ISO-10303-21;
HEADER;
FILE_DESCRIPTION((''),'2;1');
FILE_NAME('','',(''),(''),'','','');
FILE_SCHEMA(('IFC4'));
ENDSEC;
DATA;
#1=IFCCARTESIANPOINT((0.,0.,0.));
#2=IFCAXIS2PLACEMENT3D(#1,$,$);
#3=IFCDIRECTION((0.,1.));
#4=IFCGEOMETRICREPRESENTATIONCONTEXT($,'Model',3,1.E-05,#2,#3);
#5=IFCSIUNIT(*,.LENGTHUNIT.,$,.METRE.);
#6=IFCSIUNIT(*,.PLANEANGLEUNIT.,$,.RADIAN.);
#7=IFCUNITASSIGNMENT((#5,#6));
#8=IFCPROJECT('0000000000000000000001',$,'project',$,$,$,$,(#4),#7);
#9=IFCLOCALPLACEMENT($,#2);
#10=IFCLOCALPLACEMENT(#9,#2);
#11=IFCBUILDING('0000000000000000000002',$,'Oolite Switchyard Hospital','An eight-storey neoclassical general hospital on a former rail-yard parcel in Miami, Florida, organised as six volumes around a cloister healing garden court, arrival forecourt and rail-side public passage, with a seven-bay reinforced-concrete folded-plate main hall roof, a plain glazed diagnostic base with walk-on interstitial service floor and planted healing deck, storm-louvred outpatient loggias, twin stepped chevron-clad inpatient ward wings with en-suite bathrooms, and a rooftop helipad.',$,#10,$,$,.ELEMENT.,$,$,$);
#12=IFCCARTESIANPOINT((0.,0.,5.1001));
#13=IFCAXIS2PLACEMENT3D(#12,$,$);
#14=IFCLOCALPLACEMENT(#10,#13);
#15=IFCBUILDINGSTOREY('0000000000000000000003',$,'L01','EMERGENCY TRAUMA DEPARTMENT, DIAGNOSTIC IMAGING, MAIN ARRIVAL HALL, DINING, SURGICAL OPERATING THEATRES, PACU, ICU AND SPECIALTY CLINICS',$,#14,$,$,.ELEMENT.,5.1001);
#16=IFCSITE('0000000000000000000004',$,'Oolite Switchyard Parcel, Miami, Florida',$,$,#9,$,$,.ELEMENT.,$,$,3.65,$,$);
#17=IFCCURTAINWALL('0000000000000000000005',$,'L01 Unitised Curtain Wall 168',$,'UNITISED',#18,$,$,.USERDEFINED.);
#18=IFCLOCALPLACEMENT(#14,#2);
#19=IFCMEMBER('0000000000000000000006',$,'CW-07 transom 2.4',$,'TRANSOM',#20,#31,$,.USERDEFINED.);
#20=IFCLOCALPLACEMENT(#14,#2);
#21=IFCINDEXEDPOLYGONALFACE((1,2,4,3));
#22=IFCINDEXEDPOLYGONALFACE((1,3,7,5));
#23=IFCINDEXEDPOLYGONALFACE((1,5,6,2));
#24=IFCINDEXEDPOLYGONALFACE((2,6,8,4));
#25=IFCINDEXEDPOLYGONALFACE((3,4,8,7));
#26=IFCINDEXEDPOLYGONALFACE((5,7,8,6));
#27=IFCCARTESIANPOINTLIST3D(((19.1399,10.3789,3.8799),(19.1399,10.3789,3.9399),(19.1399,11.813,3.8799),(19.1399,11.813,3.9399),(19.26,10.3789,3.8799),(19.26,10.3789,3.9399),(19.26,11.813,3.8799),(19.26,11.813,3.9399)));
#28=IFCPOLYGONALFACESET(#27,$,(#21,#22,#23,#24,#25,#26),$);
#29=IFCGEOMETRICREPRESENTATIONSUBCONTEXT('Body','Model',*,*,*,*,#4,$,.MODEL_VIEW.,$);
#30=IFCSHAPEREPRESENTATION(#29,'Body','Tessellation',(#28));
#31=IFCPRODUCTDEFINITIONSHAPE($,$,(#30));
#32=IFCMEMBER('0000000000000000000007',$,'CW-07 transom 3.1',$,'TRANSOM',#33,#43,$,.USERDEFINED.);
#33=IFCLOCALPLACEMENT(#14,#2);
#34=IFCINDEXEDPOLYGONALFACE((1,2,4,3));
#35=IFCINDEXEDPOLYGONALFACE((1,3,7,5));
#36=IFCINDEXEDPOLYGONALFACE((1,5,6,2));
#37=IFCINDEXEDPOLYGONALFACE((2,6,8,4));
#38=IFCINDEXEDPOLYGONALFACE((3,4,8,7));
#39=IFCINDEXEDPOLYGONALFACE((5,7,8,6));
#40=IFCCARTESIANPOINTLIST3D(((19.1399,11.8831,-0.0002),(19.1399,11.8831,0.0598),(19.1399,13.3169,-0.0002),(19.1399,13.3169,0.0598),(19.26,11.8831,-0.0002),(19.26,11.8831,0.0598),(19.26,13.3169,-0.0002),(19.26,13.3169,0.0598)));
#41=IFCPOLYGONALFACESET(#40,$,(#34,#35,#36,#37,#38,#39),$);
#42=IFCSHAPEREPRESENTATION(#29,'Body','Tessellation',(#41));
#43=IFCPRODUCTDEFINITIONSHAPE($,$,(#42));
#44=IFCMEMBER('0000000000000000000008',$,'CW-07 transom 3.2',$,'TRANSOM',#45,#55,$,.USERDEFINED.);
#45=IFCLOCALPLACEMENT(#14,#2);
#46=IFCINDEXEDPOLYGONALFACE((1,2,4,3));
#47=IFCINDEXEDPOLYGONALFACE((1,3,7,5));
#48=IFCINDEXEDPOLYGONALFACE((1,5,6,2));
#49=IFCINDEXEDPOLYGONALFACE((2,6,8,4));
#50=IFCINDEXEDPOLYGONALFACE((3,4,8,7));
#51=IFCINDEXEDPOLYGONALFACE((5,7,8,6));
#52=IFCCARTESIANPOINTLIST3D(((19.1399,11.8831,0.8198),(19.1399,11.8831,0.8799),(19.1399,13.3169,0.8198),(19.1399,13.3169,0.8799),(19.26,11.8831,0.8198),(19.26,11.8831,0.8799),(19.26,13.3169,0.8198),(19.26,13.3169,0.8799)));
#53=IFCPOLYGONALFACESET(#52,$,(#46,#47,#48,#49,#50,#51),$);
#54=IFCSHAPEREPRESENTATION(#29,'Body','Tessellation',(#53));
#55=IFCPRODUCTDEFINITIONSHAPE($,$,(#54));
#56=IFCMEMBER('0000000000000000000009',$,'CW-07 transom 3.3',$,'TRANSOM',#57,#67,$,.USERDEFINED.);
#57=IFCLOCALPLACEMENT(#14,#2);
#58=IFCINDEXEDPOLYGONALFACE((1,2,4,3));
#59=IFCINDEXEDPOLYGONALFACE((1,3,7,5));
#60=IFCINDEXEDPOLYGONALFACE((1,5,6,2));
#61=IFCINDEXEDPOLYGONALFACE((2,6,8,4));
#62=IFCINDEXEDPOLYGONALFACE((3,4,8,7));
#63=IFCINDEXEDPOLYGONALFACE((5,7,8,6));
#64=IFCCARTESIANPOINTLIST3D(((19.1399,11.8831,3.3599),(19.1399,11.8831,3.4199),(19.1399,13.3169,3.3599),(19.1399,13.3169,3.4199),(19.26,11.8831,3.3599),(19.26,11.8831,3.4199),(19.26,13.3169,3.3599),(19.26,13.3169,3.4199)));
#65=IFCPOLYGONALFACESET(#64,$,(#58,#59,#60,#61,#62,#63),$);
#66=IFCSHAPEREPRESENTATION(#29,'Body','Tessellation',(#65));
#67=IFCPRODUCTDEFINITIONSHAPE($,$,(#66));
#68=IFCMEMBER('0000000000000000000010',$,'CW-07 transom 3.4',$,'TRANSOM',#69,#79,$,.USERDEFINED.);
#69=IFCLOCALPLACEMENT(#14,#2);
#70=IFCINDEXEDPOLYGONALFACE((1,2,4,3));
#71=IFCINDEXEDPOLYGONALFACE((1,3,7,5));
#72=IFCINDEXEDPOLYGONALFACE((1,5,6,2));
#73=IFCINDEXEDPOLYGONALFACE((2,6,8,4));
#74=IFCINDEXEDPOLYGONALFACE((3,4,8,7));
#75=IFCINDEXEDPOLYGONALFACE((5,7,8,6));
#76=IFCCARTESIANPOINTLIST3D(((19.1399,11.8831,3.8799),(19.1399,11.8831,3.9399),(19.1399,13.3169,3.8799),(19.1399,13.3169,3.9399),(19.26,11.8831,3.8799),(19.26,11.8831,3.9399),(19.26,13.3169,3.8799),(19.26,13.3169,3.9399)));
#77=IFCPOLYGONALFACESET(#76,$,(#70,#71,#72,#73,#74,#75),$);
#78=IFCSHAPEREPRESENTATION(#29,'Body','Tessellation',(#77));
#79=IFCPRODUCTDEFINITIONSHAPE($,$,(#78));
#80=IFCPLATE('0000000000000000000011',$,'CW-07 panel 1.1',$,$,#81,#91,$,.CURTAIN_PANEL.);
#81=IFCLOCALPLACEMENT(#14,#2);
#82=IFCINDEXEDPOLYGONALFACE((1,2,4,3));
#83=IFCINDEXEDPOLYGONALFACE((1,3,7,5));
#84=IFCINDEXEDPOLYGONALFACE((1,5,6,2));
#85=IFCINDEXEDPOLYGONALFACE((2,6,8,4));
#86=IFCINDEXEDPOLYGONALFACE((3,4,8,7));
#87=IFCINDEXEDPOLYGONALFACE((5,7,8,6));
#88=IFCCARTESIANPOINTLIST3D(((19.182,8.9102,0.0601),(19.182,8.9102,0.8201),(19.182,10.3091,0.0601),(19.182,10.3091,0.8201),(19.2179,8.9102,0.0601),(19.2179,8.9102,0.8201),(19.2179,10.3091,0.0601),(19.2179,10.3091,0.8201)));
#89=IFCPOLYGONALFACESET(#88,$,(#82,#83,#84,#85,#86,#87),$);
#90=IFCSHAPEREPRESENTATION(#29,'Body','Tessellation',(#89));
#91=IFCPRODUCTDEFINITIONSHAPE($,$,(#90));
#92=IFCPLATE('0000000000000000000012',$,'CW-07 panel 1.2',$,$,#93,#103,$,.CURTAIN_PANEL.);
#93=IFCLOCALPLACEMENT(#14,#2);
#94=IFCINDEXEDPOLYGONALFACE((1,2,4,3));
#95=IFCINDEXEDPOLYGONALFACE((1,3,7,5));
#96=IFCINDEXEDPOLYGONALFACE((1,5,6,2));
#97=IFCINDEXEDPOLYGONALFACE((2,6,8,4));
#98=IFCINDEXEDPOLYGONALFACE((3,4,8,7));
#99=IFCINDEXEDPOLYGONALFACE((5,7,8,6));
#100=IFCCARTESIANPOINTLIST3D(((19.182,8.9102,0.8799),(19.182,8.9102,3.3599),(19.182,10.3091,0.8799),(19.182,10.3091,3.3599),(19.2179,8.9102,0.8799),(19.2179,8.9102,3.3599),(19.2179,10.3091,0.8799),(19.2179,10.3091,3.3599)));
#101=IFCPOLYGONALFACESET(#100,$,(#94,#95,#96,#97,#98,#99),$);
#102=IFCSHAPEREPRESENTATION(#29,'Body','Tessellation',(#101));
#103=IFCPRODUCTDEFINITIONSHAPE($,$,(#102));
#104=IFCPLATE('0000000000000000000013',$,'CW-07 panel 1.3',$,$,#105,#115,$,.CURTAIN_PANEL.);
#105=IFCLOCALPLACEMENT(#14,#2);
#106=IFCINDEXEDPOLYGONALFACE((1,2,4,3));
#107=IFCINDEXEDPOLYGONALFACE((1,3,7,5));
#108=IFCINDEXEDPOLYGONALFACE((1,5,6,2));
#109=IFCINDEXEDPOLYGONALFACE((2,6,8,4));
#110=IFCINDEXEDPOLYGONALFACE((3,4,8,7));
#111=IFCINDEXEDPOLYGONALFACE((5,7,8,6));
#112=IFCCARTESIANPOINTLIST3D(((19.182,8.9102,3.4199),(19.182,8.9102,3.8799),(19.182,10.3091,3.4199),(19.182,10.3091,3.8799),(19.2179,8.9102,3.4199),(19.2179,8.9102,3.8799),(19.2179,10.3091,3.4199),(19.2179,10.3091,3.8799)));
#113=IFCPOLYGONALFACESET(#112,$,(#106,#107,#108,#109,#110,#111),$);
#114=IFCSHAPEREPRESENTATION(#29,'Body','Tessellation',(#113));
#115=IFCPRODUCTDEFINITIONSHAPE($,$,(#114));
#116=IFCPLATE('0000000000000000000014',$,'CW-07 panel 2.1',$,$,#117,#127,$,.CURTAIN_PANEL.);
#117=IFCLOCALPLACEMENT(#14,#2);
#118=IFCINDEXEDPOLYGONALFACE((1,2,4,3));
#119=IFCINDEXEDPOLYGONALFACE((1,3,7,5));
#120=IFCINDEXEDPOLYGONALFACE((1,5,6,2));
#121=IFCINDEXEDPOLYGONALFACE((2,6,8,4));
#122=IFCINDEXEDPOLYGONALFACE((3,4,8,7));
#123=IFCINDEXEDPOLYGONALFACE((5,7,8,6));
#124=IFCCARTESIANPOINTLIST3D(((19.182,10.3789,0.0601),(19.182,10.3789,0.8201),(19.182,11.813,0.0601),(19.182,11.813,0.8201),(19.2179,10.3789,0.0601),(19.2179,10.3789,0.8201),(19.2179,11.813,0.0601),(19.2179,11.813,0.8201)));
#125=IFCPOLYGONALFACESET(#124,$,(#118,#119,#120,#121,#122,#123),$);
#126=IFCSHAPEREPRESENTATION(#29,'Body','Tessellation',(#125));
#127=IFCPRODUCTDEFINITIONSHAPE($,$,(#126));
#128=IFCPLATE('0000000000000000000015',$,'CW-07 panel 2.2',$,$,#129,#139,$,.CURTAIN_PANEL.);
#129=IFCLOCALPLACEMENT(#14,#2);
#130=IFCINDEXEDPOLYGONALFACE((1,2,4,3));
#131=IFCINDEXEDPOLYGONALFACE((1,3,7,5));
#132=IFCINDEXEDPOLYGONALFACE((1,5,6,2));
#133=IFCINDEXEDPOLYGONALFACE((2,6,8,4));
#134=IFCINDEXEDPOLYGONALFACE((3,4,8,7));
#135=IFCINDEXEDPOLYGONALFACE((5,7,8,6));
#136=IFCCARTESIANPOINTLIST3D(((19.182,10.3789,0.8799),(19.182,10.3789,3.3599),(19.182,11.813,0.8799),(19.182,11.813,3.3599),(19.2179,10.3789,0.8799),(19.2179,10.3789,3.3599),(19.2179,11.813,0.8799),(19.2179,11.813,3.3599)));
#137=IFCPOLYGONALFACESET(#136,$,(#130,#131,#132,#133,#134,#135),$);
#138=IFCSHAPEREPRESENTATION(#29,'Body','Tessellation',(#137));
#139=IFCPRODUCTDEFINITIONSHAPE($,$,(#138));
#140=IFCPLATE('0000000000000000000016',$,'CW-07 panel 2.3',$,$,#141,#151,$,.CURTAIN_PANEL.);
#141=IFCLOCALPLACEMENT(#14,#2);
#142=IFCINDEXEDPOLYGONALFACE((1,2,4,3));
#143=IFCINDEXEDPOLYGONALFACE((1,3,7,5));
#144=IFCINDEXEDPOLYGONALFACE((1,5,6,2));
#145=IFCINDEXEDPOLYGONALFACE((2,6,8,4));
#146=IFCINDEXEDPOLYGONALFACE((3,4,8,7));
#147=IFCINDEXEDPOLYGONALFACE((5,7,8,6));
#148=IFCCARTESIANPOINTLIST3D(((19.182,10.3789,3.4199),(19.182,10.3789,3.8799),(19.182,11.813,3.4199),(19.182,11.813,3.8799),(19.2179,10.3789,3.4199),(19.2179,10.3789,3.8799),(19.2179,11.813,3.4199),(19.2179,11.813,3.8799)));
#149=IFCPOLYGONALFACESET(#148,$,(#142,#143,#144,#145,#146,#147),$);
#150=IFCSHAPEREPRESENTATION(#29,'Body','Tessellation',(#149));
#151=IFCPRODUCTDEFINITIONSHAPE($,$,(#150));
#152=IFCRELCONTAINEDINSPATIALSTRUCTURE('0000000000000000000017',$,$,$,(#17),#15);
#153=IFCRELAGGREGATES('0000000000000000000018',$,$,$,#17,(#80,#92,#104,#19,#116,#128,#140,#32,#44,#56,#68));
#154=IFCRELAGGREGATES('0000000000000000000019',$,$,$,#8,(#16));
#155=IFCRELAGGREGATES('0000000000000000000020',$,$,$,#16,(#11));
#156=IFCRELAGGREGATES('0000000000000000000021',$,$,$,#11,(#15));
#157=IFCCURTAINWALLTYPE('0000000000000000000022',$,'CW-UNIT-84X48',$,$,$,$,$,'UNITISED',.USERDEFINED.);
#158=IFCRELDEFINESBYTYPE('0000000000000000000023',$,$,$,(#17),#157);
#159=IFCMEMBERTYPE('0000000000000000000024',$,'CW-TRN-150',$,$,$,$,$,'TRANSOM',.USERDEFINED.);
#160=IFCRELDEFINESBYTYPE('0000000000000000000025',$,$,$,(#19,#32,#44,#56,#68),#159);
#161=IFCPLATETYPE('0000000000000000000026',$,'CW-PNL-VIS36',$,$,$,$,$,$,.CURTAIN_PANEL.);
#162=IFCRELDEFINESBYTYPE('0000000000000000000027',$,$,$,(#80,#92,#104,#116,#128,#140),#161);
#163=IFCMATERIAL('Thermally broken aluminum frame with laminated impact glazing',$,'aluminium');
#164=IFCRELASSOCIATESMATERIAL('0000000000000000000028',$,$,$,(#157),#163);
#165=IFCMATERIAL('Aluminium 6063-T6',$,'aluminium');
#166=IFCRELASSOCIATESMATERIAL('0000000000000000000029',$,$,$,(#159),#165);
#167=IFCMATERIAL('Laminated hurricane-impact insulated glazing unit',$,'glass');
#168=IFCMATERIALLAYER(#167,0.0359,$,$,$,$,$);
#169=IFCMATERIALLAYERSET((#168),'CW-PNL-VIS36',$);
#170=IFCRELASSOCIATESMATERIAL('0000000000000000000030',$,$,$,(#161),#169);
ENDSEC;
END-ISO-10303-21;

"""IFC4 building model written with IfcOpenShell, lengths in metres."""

from ifc_helpers import new_model, si_unit, direction, frame, origin, origin_2d, place, context, subcontext, project, spatial, rectangle, extrude, material, layer, layer_set, material_profile, profile_set, type_object, element, aggregate, save


model = new_model("IFC4")

# Units and contexts
model_context = context("Model", 3, precision=1e-05, world=origin(), true_north=direction((0.0, 1.0)))
body_context = subcontext(model_context, "Body", "Model", "MODEL_VIEW")
ifc_project = project(units=[si_unit("LENGTHUNIT", "METRE"), si_unit("PLANEANGLEUNIT", "RADIAN")], contexts=[model_context])

# Site, building, storey
site_placement = place(None, origin())
site = spatial("IfcSite", under=ifc_project, at=site_placement, Name="Oolite Switchyard Parcel, Miami, Florida", CompositionType="ELEMENT", RefElevation=3.65)
building_placement = place(site_placement, origin())
building = spatial("IfcBuilding", under=site, at=building_placement, Name="Oolite Switchyard Hospital", Description="An eight-storey neoclassical general hospital on a former rail-yard parcel in Miami, Florida, organised as six volumes around a cloister healing garden court, arrival forecourt and rail-side public passage, with a seven-bay reinforced-concrete folded-plate main hall roof, a plain glazed diagnostic base with walk-on interstitial service floor and planted healing deck, storm-louvred outpatient loggias, twin stepped chevron-clad inpatient ward wings with en-suite bathrooms, and a rooftop helipad.", CompositionType="ELEMENT")
storey_placement = place(building_placement, frame((0.0, 0.0, 5.1001)))
storey = spatial("IfcBuildingStorey", under=building, at=storey_placement, Name="L01", Description="EMERGENCY TRAUMA DEPARTMENT, DIAGNOSTIC IMAGING, MAIN ARRIVAL HALL, DINING, SURGICAL OPERATING THEATRES, PACU, ICU AND SPECIALTY CLINICS", CompositionType="ELEMENT", Elevation=5.1001)

# Shared definitions
ifc_material_1 = material(Name="Thermally broken aluminum frame with laminated impact glazing", Category="aluminium")
curtain_wall_type = type_object("IfcCurtainWallType", Name="CW-UNIT-84X48", ElementType="UNITISED", PredefinedType="USERDEFINED", material=ifc_material_1)
ifc_material_2 = material(Name="Aluminium 6063-T6", Category="aluminium")

# Curtain wall, members, plates
curtain_wall_1_placement = place(storey_placement, origin())
curtain_wall_1 = element("IfcCurtainWall", 1, at=curtain_wall_1_placement, inside=storey, type_object=curtain_wall_type, Name="L01 Unitised Curtain Wall 168", ObjectType="UNITISED", PredefinedType="USERDEFINED")
ifc_material_profile_1 = material_profile(ifc_material_2, rectangle(XDim=0.1201, YDim=0.0601, at=origin_2d()), Name="CWT60X120")
ifc_profile_set_1 = profile_set([ifc_material_profile_1], Name="Aluminium 6063-T6")
member_type_1 = type_object("IfcMemberType", Name="CW-TRN-150", ElementType="TRANSOM", PredefinedType="USERDEFINED", material=ifc_profile_set_1)
member_1_placement = place(storey_placement, frame((19.2, 10.3789, 3.9099), z_axis=(0.0, 1.0, 0.0), x_axis=(-1.0, 0.0, 0.0)))
member_1 = element("IfcMember", 2, at=member_1_placement, type_object=member_type_1, Name="CW-07 transom 2.4", ObjectType="TRANSOM", PredefinedType="USERDEFINED", context=body_context, shape_type="SweptSolid", body=[
    extrude(rectangle(XDim=0.1201, YDim=0.0601, at=origin_2d()), origin(), (0.0, 0.0, 1.0), 1.4341),
])
member_2_placement = place(storey_placement, frame((19.2, 11.8831, 0.0298), z_axis=(0.0, 1.0, 0.0), x_axis=(-1.0, 0.0, 0.0)))
member_2 = element("IfcMember", 3, at=member_2_placement, type_object=member_type_1, Name="CW-07 transom 3.1", ObjectType="TRANSOM", PredefinedType="USERDEFINED", context=body_context, shape_type="SweptSolid", body=[
    extrude(rectangle(XDim=0.1201, YDim=0.0601, at=origin_2d()), origin(), (0.0, 0.0, 1.0), 1.4338),
])
member_3_placement = place(storey_placement, frame((19.2, 11.8831, 0.8499), z_axis=(0.0, 1.0, 0.0), x_axis=(-1.0, 0.0, 0.0)))
member_3 = element("IfcMember", 4, at=member_3_placement, type_object=member_type_1, Name="CW-07 transom 3.2", ObjectType="TRANSOM", PredefinedType="USERDEFINED", context=body_context, shape_type="SweptSolid", body=[
    extrude(rectangle(XDim=0.1201, YDim=0.0601, at=origin_2d()), origin(), (0.0, 0.0, 1.0), 1.4338),
])
member_4_placement = place(storey_placement, frame((19.2, 11.8831, 3.3899), z_axis=(0.0, 1.0, 0.0), x_axis=(-1.0, 0.0, 0.0)))
member_4 = element("IfcMember", 5, at=member_4_placement, type_object=member_type_1, Name="CW-07 transom 3.3", ObjectType="TRANSOM", PredefinedType="USERDEFINED", context=body_context, shape_type="SweptSolid", body=[
    extrude(rectangle(XDim=0.1201, YDim=0.0601, at=origin_2d()), origin(), (0.0, 0.0, 1.0), 1.4338),
])
member_5_placement = place(storey_placement, frame((19.2, 11.8831, 3.9099), z_axis=(0.0, 1.0, 0.0), x_axis=(-1.0, 0.0, 0.0)))
member_5 = element("IfcMember", 6, at=member_5_placement, type_object=member_type_1, Name="CW-07 transom 3.4", ObjectType="TRANSOM", PredefinedType="USERDEFINED", context=body_context, shape_type="SweptSolid", body=[
    extrude(rectangle(XDim=0.1201, YDim=0.0601, at=origin_2d()), origin(), (0.0, 0.0, 1.0), 1.4338),
])
ifc_material_3 = material(Name="Laminated hurricane-impact insulated glazing unit", Category="glass")
ifc_layer = layer(ifc_material_3, 0.0359)
ifc_layer_set = layer_set([ifc_layer], Name="CW-PNL-VIS36")
plate_type = type_object("IfcPlateType", Name="CW-PNL-VIS36", PredefinedType="CURTAIN_PANEL", material=ifc_layer_set)
plate_1_placement = place(storey_placement, frame((19.2, 9.6096, 0.0601), z_axis=(0.0, 0.0, 1.0), x_axis=(0.0, 1.0, 0.0)))
plate_1 = element("IfcPlate", 7, at=plate_1_placement, type_object=plate_type, Name="CW-07 panel 1.1", PredefinedType="CURTAIN_PANEL", context=body_context, shape_type="SweptSolid", body=[
    extrude(rectangle(XDim=1.3989, YDim=0.0359, at=origin_2d()), origin(), (0.0, 0.0, 1.0), 0.76),
])
plate_2_placement = place(storey_placement, frame((19.2, 9.6096, 0.8799), z_axis=(0.0, 0.0, 1.0), x_axis=(0.0, 1.0, 0.0)))
plate_2 = element("IfcPlate", 8, at=plate_2_placement, type_object=plate_type, Name="CW-07 panel 1.2", PredefinedType="CURTAIN_PANEL", context=body_context, shape_type="SweptSolid", body=[
    extrude(rectangle(XDim=1.3989, YDim=0.0359, at=origin_2d()), origin(), (0.0, 0.0, 1.0), 2.48),
])
plate_3_placement = place(storey_placement, frame((19.2, 9.6096, 3.4199), z_axis=(0.0, 0.0, 1.0), x_axis=(0.0, 1.0, 0.0)))
plate_3 = element("IfcPlate", 9, at=plate_3_placement, type_object=plate_type, Name="CW-07 panel 1.3", PredefinedType="CURTAIN_PANEL", context=body_context, shape_type="SweptSolid", body=[
    extrude(rectangle(XDim=1.3989, YDim=0.0359, at=origin_2d()), origin(), (0.0, 0.0, 1.0), 0.46),
])
plate_4_placement = place(storey_placement, frame((19.2, 11.0959, 0.0601), z_axis=(0.0, 0.0, 1.0), x_axis=(0.0, 1.0, 0.0)))
plate_4 = element("IfcPlate", 10, at=plate_4_placement, type_object=plate_type, Name="CW-07 panel 2.1", PredefinedType="CURTAIN_PANEL", context=body_context, shape_type="SweptSolid", body=[
    extrude(rectangle(XDim=1.4341, YDim=0.0359, at=origin_2d()), origin(), (0.0, 0.0, 1.0), 0.76),
])
plate_5_placement = place(storey_placement, frame((19.2, 11.0959, 0.8799), z_axis=(0.0, 0.0, 1.0), x_axis=(0.0, 1.0, 0.0)))
plate_5 = element("IfcPlate", 11, at=plate_5_placement, type_object=plate_type, Name="CW-07 panel 2.2", PredefinedType="CURTAIN_PANEL", context=body_context, shape_type="SweptSolid", body=[
    extrude(rectangle(XDim=1.4341, YDim=0.0359, at=origin_2d()), origin(), (0.0, 0.0, 1.0), 2.48),
])
plate_6_placement = place(storey_placement, frame((19.2, 11.0959, 3.4199), z_axis=(0.0, 0.0, 1.0), x_axis=(0.0, 1.0, 0.0)))
plate_6 = element("IfcPlate", 12, at=plate_6_placement, type_object=plate_type, Name="CW-07 panel 2.3", PredefinedType="CURTAIN_PANEL", context=body_context, shape_type="SweptSolid", body=[
    extrude(rectangle(XDim=1.4341, YDim=0.0359, at=origin_2d()), origin(), (0.0, 0.0, 1.0), 0.46),
])
aggregate(curtain_wall_1, [plate_1, plate_2, plate_3, member_1, plate_4, plate_5, plate_6, member_2, member_3, member_4, member_5])

save(model, "model.ifc")
